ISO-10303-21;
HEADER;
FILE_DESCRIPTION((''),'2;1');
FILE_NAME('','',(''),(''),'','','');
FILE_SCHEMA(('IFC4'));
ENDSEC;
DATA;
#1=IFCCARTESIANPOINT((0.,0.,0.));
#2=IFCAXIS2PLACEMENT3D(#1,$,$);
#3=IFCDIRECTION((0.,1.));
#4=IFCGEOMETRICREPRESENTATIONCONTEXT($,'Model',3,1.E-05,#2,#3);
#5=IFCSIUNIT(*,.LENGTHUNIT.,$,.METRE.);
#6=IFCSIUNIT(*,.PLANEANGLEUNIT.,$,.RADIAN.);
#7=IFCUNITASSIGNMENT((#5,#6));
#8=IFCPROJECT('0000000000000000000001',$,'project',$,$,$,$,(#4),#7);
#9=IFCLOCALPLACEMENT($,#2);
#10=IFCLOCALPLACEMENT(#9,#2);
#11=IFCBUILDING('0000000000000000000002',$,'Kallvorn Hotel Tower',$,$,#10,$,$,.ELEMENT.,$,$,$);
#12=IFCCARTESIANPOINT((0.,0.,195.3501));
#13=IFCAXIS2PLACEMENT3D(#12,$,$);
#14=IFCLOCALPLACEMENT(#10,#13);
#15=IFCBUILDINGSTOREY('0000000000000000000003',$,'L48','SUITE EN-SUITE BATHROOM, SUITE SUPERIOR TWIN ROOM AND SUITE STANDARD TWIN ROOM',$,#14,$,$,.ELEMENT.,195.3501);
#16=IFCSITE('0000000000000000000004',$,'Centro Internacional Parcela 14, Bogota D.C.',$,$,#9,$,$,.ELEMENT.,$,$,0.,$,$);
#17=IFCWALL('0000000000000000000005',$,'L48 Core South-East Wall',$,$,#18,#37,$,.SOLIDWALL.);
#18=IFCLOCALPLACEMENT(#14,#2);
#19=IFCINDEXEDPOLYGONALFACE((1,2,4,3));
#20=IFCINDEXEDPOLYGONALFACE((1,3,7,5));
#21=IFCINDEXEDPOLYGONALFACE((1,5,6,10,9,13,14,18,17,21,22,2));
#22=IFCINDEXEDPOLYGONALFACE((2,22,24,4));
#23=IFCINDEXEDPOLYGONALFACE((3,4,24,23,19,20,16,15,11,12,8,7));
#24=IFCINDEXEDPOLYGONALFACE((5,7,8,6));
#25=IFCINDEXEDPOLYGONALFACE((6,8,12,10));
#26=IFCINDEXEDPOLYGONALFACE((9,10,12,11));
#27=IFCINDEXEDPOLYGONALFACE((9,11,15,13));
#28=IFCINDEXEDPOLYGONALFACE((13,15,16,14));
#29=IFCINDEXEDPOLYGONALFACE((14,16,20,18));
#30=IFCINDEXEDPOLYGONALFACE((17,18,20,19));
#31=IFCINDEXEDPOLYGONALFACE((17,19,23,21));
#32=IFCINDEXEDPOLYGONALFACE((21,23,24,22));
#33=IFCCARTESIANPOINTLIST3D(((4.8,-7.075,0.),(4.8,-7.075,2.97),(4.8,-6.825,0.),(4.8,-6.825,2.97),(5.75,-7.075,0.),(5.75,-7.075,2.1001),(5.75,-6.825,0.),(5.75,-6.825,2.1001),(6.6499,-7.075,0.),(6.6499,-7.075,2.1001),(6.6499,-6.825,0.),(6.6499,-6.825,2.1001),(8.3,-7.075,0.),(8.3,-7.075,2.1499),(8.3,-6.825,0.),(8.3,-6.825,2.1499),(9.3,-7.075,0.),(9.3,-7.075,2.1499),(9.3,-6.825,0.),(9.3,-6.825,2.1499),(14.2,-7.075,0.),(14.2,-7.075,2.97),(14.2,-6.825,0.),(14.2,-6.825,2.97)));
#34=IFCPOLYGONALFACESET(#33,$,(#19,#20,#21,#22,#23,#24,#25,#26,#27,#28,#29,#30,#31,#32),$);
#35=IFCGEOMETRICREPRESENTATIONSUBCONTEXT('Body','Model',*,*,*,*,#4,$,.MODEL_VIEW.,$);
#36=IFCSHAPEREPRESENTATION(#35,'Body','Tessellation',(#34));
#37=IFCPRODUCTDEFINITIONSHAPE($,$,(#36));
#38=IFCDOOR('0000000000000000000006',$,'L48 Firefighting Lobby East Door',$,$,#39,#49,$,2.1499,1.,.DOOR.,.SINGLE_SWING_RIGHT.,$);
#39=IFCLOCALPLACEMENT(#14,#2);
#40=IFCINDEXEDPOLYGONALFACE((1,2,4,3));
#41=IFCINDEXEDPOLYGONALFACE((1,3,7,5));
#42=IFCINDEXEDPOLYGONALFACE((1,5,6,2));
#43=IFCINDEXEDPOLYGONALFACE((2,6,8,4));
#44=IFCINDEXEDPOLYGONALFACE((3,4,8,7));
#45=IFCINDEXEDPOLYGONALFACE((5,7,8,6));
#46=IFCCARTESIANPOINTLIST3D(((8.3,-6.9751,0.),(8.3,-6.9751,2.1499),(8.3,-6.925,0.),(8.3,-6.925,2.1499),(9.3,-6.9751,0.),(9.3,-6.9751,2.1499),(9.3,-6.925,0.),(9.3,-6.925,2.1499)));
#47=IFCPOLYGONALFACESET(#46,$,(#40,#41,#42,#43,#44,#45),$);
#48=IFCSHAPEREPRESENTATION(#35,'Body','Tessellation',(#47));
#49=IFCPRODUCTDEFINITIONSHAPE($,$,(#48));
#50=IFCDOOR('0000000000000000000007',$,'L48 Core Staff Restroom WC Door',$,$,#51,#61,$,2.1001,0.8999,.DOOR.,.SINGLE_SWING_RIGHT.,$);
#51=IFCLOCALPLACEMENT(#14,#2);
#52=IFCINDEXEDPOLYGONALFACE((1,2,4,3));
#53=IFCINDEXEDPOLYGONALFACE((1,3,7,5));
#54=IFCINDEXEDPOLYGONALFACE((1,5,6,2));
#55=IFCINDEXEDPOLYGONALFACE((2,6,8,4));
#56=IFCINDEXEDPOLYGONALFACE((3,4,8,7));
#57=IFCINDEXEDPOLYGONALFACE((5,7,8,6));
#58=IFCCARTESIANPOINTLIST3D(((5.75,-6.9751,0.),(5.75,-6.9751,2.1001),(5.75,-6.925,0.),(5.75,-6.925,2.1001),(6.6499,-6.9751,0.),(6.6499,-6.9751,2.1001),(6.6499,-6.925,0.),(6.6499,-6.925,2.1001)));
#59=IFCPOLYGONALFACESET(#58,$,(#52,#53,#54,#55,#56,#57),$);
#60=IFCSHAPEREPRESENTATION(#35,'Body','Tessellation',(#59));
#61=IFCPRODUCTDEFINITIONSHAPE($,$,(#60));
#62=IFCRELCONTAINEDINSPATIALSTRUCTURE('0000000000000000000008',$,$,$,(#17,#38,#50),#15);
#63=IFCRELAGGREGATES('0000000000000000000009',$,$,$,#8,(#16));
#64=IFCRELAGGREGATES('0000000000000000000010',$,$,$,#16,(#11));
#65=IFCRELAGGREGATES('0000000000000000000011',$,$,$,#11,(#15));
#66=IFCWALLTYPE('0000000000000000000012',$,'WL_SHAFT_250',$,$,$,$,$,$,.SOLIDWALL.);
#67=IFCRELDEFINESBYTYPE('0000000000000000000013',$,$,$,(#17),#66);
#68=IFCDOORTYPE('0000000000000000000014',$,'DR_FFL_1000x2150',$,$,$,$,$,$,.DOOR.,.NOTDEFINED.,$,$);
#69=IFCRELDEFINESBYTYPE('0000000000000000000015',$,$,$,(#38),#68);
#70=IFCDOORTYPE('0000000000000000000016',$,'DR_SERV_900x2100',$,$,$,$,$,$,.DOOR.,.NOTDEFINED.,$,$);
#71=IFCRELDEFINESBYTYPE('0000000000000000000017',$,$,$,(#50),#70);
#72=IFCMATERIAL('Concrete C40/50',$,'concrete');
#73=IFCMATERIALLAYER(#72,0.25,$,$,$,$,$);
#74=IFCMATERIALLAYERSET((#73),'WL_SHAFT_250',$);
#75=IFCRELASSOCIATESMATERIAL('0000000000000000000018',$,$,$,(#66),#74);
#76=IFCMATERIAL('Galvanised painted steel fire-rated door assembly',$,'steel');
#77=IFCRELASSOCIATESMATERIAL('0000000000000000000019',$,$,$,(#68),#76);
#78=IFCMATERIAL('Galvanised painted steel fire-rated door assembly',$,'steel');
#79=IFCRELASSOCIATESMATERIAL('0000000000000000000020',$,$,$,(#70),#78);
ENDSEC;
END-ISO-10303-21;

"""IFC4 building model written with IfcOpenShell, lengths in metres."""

from ifc_helpers import new_model, si_unit, direction, frame, frame_2d, origin, place, context, subcontext, project, spatial, rectangle, extrude, material, layer, layer_set, type_object, element, fill, save


model = new_model("IFC4")

# Units and contexts
model_context = context("Model", 3, precision=1e-05, world=origin(), true_north=direction((0.0, 1.0)))
body_context = subcontext(model_context, "Body", "Model", "MODEL_VIEW")
ifc_project = project(units=[si_unit("LENGTHUNIT", "METRE"), si_unit("PLANEANGLEUNIT", "RADIAN")], contexts=[model_context])

# Site, building, storey
site_placement = place(None, origin())
site = spatial("IfcSite", under=ifc_project, at=site_placement, Name="Centro Internacional Parcela 14, Bogota D.C.", CompositionType="ELEMENT", RefElevation=0.0)
building_placement = place(site_placement, origin())
building = spatial("IfcBuilding", under=site, at=building_placement, Name="Kallvorn Hotel Tower", CompositionType="ELEMENT")
storey_placement = place(building_placement, frame((0.0, 0.0, 195.3501)))
storey = spatial("IfcBuildingStorey", under=building, at=storey_placement, Name="L48", Description="SUITE EN-SUITE BATHROOM, SUITE SUPERIOR TWIN ROOM AND SUITE STANDARD TWIN ROOM", CompositionType="ELEMENT", Elevation=195.3501)

# Wall, openings, doors
ifc_material_1 = material(Name="Concrete C40/50", Category="concrete")
ifc_layer_1 = layer(ifc_material_1, 0.25)
ifc_layer_set_1 = layer_set([ifc_layer_1], Name="WL_SHAFT_250")
wall_type_1 = type_object("IfcWallType", Name="WL_SHAFT_250", PredefinedType="SOLIDWALL", material=ifc_layer_set_1)
wall_1_placement = place(storey_placement, frame((4.8, -6.95, 0.0), z_axis=(0.0, 0.0, 1.0), x_axis=(1.0, 0.0, 0.0)))
wall_1 = element("IfcWall", 1, at=wall_1_placement, inside=storey, type_object=wall_type_1, Name="L48 Core South-East Wall", PredefinedType="SOLIDWALL", context=body_context, shape_type="SweptSolid", body=[
    extrude(rectangle(XDim=9.3999, YDim=0.25, at=frame_2d((4.7, 0.0))), origin(), (0.0, 0.0, 1.0), 2.97),
])
opening_1_placement = place(wall_1_placement, frame((3.5, 0.0, 0.0)))
opening_1 = element("IfcOpeningElement", 2, at=opening_1_placement, cuts=wall_1, PredefinedType="OPENING", context=body_context, shape_type="SweptSolid", body=[
    extrude(rectangle(XDim=1.0, YDim=2.1499, at=frame_2d((0.5, 1.075))), frame((0.0, 0.1399, 0.0), z_axis=(0.0, -1.0, 0.0), x_axis=(1.0, 0.0, 0.0)), (0.0, 0.0, 1.0), 0.28),
])
opening_2_placement = place(wall_1_placement, frame((0.95, 0.0, 0.0)))
opening_2 = element("IfcOpeningElement", 3, at=opening_2_placement, cuts=wall_1, PredefinedType="OPENING", context=body_context, shape_type="SweptSolid", body=[
    extrude(rectangle(XDim=0.8999, YDim=2.1001, at=frame_2d((0.45, 1.05))), frame((0.0, 0.1399, 0.0), z_axis=(0.0, -1.0, 0.0), x_axis=(1.0, 0.0, 0.0)), (0.0, 0.0, 1.0), 0.28),
])
ifc_material_2 = material(Name="Galvanised painted steel fire-rated door assembly", Category="steel")
door_type_1 = type_object("IfcDoorType", Name="DR_FFL_1000x2150", OperationType="NOTDEFINED", PredefinedType="DOOR", material=ifc_material_2)
door_1_placement = place(opening_1_placement, origin())
door_1 = element("IfcDoor", 4, at=door_1_placement, inside=storey, type_object=door_type_1, Name="L48 Firefighting Lobby East Door", OperationType="SINGLE_SWING_RIGHT", OverallHeight=2.1499, OverallWidth=1.0, PredefinedType="DOOR", context=body_context, shape_type="SweptSolid", body=[
    extrude(rectangle(XDim=1.0, YDim=2.1499, at=frame_2d((0.5, 1.075))), frame((0.0, 0.0249, 0.0), z_axis=(0.0, -1.0, 0.0), x_axis=(1.0, 0.0, 0.0)), (0.0, 0.0, 1.0), 0.05),
])
fill(opening_1, door_1)
ifc_material_3 = material(Name="Galvanised painted steel fire-rated door assembly", Category="steel")
door_type_2 = type_object("IfcDoorType", Name="DR_SERV_900x2100", OperationType="NOTDEFINED", PredefinedType="DOOR", material=ifc_material_3)
door_2_placement = place(opening_2_placement, origin())
door_2 = element("IfcDoor", 5, at=door_2_placement, inside=storey, type_object=door_type_2, Name="L48 Core Staff Restroom WC Door", OperationType="SINGLE_SWING_RIGHT", OverallHeight=2.1001, OverallWidth=0.8999, PredefinedType="DOOR", context=body_context, shape_type="SweptSolid", body=[
    extrude(rectangle(XDim=0.8999, YDim=2.1001, at=frame_2d((0.45, 1.05))), frame((0.0, 0.0249, 0.0), z_axis=(0.0, -1.0, 0.0), x_axis=(1.0, 0.0, 0.0)), (0.0, 0.0, 1.0), 0.05),
])
fill(opening_2, door_2)

save(model, "model.ifc")
